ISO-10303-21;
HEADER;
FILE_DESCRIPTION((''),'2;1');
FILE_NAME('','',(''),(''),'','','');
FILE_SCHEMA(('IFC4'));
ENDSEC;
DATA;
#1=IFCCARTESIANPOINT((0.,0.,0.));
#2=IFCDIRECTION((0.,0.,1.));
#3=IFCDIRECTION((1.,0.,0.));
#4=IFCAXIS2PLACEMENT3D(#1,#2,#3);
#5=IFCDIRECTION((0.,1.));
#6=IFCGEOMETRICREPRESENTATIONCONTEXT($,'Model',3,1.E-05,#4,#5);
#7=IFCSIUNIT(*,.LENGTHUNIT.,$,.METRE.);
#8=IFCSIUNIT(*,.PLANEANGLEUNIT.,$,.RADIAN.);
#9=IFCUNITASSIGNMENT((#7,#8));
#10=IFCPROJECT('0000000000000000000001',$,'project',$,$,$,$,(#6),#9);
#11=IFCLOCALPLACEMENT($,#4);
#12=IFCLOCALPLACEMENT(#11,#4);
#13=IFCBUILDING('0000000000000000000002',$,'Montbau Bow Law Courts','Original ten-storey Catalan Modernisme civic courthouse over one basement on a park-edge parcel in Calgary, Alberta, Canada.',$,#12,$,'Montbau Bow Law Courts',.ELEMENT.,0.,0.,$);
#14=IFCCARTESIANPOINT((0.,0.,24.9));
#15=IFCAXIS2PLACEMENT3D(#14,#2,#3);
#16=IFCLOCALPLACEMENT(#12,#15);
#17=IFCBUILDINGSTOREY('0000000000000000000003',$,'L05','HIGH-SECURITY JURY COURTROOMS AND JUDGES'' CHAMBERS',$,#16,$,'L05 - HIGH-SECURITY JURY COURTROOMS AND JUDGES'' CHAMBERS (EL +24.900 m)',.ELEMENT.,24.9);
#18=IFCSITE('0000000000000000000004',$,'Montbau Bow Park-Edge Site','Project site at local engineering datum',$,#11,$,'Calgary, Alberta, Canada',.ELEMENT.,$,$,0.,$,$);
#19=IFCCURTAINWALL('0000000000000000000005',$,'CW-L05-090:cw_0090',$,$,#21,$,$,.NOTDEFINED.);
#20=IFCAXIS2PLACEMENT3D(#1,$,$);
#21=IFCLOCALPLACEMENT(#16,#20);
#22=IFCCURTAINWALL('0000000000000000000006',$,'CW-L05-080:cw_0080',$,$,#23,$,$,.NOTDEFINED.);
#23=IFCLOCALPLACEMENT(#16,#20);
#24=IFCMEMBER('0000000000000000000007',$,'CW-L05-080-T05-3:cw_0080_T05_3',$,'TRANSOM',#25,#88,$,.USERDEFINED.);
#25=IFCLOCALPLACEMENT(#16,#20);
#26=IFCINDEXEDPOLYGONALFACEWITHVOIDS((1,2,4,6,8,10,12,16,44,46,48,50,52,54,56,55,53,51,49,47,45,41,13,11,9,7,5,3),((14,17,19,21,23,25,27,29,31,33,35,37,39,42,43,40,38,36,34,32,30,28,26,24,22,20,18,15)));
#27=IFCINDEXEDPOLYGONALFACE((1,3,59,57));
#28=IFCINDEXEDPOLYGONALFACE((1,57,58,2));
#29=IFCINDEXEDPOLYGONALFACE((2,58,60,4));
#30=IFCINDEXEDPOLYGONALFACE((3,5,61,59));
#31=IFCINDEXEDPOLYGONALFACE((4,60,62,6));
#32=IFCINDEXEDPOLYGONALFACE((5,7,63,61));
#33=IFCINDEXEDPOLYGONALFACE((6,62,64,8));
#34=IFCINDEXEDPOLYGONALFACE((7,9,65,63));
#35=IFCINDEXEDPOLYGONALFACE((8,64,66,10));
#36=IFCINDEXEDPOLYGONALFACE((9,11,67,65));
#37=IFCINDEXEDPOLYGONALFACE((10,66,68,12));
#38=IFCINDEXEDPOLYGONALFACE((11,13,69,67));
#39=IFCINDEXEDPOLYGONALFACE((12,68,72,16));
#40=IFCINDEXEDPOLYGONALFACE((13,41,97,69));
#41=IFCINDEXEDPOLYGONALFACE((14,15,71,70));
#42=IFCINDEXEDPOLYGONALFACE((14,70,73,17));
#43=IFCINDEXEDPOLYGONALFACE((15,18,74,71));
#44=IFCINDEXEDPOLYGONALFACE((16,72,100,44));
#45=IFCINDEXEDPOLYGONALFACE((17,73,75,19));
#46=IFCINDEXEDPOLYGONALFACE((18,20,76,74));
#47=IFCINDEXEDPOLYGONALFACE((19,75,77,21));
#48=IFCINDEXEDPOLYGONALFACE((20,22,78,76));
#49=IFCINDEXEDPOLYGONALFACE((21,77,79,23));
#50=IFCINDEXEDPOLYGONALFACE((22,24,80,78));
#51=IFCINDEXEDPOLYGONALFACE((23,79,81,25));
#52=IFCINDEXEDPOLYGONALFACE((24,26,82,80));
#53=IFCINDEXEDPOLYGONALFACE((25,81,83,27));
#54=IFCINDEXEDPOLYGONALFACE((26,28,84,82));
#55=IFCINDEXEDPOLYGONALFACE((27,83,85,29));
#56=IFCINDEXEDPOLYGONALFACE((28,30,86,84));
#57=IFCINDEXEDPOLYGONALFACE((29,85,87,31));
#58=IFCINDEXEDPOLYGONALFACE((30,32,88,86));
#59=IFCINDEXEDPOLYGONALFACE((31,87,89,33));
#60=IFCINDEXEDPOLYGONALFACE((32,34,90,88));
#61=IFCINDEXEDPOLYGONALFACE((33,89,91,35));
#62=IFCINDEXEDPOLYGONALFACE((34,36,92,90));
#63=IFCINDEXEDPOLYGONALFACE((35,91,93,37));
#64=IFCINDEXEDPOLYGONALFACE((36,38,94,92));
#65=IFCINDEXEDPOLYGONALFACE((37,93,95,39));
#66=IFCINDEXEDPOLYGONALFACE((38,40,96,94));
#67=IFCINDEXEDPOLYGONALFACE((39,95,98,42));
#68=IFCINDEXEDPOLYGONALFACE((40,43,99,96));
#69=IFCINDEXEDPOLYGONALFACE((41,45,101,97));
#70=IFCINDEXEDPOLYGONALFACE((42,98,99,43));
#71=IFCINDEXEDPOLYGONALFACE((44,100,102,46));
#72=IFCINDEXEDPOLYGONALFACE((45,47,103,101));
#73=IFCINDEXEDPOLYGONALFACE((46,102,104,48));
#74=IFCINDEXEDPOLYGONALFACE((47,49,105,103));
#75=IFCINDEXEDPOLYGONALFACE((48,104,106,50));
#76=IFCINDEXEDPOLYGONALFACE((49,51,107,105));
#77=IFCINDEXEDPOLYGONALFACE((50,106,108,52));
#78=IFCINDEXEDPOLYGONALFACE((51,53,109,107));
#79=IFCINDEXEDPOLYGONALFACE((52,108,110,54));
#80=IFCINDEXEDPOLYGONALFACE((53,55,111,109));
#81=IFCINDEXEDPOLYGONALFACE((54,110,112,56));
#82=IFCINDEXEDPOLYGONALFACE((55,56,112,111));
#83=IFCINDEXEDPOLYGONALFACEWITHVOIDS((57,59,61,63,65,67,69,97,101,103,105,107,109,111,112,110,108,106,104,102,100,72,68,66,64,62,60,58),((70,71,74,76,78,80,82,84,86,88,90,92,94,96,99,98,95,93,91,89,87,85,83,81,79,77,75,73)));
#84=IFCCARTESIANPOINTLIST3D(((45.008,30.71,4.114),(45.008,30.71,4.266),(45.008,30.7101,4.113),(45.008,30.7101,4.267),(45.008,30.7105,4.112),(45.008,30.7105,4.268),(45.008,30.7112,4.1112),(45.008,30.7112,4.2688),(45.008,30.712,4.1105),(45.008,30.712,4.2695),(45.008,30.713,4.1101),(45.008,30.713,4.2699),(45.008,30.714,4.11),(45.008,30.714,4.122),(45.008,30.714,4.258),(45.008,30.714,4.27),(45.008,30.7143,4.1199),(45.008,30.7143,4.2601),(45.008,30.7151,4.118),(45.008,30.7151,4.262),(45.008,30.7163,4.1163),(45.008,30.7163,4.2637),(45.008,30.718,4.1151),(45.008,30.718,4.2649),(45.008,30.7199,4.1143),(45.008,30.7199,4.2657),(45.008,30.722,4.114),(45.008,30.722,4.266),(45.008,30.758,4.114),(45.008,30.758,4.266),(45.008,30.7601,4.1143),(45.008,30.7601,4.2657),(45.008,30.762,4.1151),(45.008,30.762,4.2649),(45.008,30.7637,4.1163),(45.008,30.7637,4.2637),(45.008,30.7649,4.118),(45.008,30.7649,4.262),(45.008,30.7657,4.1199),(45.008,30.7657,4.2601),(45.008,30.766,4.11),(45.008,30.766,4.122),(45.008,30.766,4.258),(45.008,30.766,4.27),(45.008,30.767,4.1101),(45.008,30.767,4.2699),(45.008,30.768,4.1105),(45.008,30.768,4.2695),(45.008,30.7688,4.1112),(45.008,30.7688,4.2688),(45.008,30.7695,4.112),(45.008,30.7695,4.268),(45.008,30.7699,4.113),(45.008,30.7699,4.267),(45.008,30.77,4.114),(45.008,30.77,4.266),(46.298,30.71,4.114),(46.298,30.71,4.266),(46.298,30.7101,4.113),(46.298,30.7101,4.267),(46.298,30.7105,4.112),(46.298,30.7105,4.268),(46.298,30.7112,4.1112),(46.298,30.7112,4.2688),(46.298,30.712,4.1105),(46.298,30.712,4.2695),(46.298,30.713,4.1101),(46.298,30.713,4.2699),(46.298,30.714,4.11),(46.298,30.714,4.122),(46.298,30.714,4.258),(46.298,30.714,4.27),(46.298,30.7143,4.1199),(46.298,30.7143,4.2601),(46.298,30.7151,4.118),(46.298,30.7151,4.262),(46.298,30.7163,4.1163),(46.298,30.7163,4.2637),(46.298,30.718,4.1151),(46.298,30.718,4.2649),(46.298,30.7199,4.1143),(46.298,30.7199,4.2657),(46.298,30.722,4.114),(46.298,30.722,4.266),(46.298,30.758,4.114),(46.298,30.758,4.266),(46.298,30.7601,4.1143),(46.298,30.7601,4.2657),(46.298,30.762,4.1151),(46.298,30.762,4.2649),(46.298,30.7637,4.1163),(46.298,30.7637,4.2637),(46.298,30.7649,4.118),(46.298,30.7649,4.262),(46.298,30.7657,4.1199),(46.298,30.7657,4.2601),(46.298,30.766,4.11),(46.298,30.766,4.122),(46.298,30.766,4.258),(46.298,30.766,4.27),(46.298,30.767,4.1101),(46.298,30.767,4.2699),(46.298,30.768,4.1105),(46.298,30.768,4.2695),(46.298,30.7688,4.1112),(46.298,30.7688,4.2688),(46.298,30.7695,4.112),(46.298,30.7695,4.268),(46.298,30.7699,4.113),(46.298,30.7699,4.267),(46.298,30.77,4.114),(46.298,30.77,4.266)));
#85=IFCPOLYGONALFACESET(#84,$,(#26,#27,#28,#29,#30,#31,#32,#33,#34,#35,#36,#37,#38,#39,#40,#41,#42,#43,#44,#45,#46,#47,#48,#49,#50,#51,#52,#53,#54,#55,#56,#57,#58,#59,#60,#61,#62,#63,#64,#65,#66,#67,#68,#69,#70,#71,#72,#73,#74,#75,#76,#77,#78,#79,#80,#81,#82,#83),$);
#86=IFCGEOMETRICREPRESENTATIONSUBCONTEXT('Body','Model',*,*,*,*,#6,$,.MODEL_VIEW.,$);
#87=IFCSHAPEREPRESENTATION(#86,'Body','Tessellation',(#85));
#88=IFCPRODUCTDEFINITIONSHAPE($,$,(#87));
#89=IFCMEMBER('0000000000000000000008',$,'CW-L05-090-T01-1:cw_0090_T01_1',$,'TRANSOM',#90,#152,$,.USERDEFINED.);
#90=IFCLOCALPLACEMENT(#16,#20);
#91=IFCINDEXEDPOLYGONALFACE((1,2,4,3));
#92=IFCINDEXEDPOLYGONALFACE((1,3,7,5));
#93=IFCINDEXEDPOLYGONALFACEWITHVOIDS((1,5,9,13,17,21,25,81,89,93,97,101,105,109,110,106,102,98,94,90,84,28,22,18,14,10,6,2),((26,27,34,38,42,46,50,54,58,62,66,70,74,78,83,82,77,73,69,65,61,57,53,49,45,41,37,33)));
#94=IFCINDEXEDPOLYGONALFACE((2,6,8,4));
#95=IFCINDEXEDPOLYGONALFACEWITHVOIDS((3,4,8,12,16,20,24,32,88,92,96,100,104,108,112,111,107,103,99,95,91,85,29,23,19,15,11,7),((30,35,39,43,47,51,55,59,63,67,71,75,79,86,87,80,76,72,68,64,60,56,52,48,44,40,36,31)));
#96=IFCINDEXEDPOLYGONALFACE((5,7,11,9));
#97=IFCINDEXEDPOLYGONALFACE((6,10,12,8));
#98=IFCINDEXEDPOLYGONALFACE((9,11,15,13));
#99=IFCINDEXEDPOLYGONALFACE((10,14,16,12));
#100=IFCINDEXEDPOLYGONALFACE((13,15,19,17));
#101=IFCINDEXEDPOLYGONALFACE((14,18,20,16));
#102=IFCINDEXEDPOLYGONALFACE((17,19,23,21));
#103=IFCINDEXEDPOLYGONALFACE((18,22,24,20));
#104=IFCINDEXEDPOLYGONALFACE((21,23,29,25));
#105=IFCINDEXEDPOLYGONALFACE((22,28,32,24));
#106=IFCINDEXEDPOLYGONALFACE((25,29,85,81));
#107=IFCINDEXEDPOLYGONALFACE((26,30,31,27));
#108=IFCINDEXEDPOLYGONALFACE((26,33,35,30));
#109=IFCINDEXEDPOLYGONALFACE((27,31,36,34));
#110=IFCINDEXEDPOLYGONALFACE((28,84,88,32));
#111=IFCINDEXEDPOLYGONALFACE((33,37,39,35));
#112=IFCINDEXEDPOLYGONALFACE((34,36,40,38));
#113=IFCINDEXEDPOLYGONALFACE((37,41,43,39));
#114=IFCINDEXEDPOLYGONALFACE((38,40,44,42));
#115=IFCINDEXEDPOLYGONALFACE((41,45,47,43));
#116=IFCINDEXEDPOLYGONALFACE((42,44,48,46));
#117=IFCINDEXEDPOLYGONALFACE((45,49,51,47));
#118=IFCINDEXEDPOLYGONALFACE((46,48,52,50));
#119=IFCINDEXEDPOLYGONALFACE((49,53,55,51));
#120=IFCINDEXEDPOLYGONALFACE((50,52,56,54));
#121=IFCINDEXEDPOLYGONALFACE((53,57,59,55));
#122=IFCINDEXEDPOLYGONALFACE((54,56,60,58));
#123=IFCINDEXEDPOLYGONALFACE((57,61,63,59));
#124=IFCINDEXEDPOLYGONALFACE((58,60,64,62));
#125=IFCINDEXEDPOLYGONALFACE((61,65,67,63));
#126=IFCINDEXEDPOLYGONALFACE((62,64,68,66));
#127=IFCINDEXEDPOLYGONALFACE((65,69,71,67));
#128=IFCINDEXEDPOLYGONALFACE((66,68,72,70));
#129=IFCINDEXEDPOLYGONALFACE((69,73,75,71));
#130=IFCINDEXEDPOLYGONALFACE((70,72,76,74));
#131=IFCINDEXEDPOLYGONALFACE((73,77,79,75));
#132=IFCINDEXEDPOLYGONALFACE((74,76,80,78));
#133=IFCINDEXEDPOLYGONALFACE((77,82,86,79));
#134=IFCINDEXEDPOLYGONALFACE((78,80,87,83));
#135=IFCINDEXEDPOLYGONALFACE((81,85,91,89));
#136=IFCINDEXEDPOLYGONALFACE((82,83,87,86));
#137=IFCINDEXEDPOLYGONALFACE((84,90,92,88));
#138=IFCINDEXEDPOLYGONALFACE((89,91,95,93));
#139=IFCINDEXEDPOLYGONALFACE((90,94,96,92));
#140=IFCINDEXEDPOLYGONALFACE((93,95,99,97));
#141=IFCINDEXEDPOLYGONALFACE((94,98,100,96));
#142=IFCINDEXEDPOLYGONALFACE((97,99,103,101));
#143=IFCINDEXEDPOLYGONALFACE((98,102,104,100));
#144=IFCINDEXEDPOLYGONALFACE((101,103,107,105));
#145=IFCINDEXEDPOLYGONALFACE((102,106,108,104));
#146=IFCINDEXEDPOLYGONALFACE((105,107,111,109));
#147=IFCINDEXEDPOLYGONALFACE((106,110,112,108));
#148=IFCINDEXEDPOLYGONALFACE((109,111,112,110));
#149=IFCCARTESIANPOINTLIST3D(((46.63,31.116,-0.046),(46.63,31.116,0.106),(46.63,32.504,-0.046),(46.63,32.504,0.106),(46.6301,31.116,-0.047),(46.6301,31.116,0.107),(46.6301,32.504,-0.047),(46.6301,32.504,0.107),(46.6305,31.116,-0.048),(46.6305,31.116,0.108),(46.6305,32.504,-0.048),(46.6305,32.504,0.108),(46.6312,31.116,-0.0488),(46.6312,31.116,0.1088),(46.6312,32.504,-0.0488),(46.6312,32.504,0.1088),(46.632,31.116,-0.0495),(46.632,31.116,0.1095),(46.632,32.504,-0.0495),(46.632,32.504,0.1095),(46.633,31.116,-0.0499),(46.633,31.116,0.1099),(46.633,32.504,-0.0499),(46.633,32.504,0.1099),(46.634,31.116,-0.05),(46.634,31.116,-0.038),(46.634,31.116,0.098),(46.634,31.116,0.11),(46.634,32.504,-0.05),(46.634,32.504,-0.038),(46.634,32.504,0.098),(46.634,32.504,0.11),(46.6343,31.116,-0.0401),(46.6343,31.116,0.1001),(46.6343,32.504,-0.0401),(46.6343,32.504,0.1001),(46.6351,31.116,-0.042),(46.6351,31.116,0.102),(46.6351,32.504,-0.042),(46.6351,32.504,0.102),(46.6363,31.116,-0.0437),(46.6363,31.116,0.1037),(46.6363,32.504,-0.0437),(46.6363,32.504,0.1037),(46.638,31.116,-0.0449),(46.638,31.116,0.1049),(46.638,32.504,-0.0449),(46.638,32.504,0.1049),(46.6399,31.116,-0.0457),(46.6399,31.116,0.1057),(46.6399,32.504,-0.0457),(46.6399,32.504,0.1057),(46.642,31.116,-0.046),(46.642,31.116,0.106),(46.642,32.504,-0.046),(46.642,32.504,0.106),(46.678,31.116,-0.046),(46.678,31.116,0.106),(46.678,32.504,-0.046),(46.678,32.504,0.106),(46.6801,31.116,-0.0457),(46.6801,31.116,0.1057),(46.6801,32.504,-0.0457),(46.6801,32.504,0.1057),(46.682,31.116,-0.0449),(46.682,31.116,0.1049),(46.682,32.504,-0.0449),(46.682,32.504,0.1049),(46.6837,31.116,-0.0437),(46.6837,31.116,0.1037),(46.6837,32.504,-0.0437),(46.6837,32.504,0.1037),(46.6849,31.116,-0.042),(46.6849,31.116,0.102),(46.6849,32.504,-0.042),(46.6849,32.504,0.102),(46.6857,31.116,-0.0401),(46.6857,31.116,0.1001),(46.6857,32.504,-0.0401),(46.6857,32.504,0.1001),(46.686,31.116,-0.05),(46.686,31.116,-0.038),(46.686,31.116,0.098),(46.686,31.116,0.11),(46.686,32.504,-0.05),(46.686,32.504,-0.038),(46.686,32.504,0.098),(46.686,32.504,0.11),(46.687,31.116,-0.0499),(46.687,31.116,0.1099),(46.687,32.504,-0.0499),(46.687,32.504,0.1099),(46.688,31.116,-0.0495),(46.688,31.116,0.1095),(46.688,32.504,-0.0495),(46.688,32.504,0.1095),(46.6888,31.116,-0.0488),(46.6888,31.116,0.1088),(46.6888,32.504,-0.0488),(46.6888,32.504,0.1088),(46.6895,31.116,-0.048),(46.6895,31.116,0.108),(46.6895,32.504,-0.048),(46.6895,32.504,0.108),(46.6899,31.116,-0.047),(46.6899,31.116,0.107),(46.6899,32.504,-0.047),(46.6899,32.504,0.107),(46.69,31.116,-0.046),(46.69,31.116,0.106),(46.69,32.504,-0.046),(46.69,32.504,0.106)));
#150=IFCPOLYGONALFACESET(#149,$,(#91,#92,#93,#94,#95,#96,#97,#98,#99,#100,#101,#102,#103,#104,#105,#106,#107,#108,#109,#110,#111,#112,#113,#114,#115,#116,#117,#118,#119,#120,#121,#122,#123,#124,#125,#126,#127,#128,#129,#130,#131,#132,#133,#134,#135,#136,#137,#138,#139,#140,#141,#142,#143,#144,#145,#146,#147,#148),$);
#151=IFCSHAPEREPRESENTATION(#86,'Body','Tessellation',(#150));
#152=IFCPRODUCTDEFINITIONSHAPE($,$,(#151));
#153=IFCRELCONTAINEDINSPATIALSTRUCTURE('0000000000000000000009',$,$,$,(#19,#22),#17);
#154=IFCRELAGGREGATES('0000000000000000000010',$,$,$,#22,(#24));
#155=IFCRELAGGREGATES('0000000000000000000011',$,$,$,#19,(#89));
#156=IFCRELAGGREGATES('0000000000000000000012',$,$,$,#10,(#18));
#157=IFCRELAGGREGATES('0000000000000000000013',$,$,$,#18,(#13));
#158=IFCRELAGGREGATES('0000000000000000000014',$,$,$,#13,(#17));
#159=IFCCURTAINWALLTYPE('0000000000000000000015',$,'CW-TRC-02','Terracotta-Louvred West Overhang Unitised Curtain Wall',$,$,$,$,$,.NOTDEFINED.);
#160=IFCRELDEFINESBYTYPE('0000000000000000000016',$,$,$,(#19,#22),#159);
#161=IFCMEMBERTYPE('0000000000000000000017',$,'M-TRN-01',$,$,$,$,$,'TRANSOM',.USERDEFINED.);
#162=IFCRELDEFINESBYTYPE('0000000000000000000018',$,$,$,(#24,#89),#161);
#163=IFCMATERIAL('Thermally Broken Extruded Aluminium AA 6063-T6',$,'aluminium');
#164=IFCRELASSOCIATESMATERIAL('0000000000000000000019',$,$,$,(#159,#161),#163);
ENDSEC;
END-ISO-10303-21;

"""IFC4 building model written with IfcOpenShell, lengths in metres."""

from ifc_helpers import new_model, si_unit, direction, frame, origin_with_axes, origin_2d_with_axis, place, context, subcontext, project, spatial, hollow_rectangle, extrude, material, material_profile, profile_set, type_object, element, aggregate, save


model = new_model("IFC4")

# Units and contexts
model_context = context("Model", 3, precision=1e-05, world=origin_with_axes(), true_north=direction((0.0, 1.0)))
body_context = subcontext(model_context, "Body", "Model", "MODEL_VIEW")
ifc_project = project(units=[si_unit("LENGTHUNIT", "METRE"), si_unit("PLANEANGLEUNIT", "RADIAN")], contexts=[model_context])

# Site, building, storey
site_placement = place(None, origin_with_axes())
site = spatial("IfcSite", under=ifc_project, at=site_placement, Name="Montbau Bow Park-Edge Site", Description="Project site at local engineering datum", LongName="Calgary, Alberta, Canada", CompositionType="ELEMENT", RefElevation=0.0)
building_placement = place(site_placement, origin_with_axes())
building = spatial("IfcBuilding", under=site, at=building_placement, Name="Montbau Bow Law Courts", Description="Original ten-storey Catalan Modernisme civic courthouse over one basement on a park-edge parcel in Calgary, Alberta, Canada.", LongName="Montbau Bow Law Courts", CompositionType="ELEMENT", ElevationOfRefHeight=0.0, ElevationOfTerrain=0.0)
storey_placement = place(building_placement, frame((0.0, 0.0, 24.9), z_axis=(0.0, 0.0, 1.0), x_axis=(1.0, 0.0, 0.0)))
storey = spatial("IfcBuildingStorey", under=building, at=storey_placement, Name="L05", Description="HIGH-SECURITY JURY COURTROOMS AND JUDGES' CHAMBERS", LongName="L05 - HIGH-SECURITY JURY COURTROOMS AND JUDGES' CHAMBERS (EL +24.900 m)", CompositionType="ELEMENT", Elevation=24.9)

# Curtain walls, member
ifc_material_1 = material(Name="Thermally Broken Extruded Aluminium AA 6063-T6", Category="aluminium")
curtain_wall_type = type_object("IfcCurtainWallType", Name="CW-TRC-02", Description="Terracotta-Louvred West Overhang Unitised Curtain Wall", PredefinedType="NOTDEFINED", material=ifc_material_1)
curtain_wall_1_placement = place(None, frame((46.66, 31.04, 24.9), z_axis=(0.0, 0.0, 1.0), x_axis=(1.0, 0.0, 0.0)))
curtain_wall_1 = element("IfcCurtainWall", 1, at=curtain_wall_1_placement, inside=storey, type_object=curtain_wall_type, Name="CW-L05-090:cw_0090", PredefinedType="NOTDEFINED")
curtain_wall_2_placement = place(None, frame((39.44, 30.74, 24.9), z_axis=(0.0, 0.0, 1.0), x_axis=(1.0, 0.0, 0.0)))
curtain_wall_2 = element("IfcCurtainWall", 2, at=curtain_wall_2_placement, inside=storey, type_object=curtain_wall_type, Name="CW-L05-080:cw_0080", PredefinedType="NOTDEFINED")
ifc_material_profile_1 = material_profile(ifc_material_1, hollow_rectangle(XDim=0.06, YDim=0.16, WallThickness=0.004, InnerFilletRadius=0.008, OuterFilletRadius=0.004, at=origin_2d_with_axis()), Name="CWT-160X60", Category="Main", Priority=0)
ifc_profile_set_1 = profile_set([ifc_material_profile_1], Name="Thermally Broken Extruded Aluminium AA 6063-T6")
member_type_1 = type_object("IfcMemberType", Name="M-TRN-01", ElementType="TRANSOM", PredefinedType="USERDEFINED", material=ifc_profile_set_1)
member_1_placement = place(None, frame((45.008, 30.74, 29.09), z_axis=(1.0, 0.0, 0.0), x_axis=(0.0, 1.0, 0.0)))
member_1 = element("IfcMember", 3, at=member_1_placement, type_object=member_type_1, Name="CW-L05-080-T05-3:cw_0080_T05_3", ObjectType="TRANSOM", PredefinedType="USERDEFINED", context=body_context, shape_type="SweptSolid", body=[
    extrude(hollow_rectangle(XDim=0.06, YDim=0.16, WallThickness=0.004, InnerFilletRadius=0.008, OuterFilletRadius=0.004, at=origin_2d_with_axis()), origin_with_axes(), (0.0, 0.0, 1.0), 1.29),
])

# Member
member_2_placement = place(None, frame((46.66, 31.116, 24.93), z_axis=(0.0, 1.0, 0.0), x_axis=(-1.0, 0.0, 0.0)))
member_2 = element("IfcMember", 4, at=member_2_placement, type_object=member_type_1, Name="CW-L05-090-T01-1:cw_0090_T01_1", ObjectType="TRANSOM", PredefinedType="USERDEFINED", context=body_context, shape_type="SweptSolid", body=[
    extrude(hollow_rectangle(XDim=0.06, YDim=0.16, WallThickness=0.004, InnerFilletRadius=0.008, OuterFilletRadius=0.004, at=origin_2d_with_axis()), origin_with_axes(), (0.0, 0.0, 1.0), 1.388),
])

aggregate(curtain_wall_2, [member_1])
aggregate(curtain_wall_1, [member_2])

save(model, "model.ifc")
